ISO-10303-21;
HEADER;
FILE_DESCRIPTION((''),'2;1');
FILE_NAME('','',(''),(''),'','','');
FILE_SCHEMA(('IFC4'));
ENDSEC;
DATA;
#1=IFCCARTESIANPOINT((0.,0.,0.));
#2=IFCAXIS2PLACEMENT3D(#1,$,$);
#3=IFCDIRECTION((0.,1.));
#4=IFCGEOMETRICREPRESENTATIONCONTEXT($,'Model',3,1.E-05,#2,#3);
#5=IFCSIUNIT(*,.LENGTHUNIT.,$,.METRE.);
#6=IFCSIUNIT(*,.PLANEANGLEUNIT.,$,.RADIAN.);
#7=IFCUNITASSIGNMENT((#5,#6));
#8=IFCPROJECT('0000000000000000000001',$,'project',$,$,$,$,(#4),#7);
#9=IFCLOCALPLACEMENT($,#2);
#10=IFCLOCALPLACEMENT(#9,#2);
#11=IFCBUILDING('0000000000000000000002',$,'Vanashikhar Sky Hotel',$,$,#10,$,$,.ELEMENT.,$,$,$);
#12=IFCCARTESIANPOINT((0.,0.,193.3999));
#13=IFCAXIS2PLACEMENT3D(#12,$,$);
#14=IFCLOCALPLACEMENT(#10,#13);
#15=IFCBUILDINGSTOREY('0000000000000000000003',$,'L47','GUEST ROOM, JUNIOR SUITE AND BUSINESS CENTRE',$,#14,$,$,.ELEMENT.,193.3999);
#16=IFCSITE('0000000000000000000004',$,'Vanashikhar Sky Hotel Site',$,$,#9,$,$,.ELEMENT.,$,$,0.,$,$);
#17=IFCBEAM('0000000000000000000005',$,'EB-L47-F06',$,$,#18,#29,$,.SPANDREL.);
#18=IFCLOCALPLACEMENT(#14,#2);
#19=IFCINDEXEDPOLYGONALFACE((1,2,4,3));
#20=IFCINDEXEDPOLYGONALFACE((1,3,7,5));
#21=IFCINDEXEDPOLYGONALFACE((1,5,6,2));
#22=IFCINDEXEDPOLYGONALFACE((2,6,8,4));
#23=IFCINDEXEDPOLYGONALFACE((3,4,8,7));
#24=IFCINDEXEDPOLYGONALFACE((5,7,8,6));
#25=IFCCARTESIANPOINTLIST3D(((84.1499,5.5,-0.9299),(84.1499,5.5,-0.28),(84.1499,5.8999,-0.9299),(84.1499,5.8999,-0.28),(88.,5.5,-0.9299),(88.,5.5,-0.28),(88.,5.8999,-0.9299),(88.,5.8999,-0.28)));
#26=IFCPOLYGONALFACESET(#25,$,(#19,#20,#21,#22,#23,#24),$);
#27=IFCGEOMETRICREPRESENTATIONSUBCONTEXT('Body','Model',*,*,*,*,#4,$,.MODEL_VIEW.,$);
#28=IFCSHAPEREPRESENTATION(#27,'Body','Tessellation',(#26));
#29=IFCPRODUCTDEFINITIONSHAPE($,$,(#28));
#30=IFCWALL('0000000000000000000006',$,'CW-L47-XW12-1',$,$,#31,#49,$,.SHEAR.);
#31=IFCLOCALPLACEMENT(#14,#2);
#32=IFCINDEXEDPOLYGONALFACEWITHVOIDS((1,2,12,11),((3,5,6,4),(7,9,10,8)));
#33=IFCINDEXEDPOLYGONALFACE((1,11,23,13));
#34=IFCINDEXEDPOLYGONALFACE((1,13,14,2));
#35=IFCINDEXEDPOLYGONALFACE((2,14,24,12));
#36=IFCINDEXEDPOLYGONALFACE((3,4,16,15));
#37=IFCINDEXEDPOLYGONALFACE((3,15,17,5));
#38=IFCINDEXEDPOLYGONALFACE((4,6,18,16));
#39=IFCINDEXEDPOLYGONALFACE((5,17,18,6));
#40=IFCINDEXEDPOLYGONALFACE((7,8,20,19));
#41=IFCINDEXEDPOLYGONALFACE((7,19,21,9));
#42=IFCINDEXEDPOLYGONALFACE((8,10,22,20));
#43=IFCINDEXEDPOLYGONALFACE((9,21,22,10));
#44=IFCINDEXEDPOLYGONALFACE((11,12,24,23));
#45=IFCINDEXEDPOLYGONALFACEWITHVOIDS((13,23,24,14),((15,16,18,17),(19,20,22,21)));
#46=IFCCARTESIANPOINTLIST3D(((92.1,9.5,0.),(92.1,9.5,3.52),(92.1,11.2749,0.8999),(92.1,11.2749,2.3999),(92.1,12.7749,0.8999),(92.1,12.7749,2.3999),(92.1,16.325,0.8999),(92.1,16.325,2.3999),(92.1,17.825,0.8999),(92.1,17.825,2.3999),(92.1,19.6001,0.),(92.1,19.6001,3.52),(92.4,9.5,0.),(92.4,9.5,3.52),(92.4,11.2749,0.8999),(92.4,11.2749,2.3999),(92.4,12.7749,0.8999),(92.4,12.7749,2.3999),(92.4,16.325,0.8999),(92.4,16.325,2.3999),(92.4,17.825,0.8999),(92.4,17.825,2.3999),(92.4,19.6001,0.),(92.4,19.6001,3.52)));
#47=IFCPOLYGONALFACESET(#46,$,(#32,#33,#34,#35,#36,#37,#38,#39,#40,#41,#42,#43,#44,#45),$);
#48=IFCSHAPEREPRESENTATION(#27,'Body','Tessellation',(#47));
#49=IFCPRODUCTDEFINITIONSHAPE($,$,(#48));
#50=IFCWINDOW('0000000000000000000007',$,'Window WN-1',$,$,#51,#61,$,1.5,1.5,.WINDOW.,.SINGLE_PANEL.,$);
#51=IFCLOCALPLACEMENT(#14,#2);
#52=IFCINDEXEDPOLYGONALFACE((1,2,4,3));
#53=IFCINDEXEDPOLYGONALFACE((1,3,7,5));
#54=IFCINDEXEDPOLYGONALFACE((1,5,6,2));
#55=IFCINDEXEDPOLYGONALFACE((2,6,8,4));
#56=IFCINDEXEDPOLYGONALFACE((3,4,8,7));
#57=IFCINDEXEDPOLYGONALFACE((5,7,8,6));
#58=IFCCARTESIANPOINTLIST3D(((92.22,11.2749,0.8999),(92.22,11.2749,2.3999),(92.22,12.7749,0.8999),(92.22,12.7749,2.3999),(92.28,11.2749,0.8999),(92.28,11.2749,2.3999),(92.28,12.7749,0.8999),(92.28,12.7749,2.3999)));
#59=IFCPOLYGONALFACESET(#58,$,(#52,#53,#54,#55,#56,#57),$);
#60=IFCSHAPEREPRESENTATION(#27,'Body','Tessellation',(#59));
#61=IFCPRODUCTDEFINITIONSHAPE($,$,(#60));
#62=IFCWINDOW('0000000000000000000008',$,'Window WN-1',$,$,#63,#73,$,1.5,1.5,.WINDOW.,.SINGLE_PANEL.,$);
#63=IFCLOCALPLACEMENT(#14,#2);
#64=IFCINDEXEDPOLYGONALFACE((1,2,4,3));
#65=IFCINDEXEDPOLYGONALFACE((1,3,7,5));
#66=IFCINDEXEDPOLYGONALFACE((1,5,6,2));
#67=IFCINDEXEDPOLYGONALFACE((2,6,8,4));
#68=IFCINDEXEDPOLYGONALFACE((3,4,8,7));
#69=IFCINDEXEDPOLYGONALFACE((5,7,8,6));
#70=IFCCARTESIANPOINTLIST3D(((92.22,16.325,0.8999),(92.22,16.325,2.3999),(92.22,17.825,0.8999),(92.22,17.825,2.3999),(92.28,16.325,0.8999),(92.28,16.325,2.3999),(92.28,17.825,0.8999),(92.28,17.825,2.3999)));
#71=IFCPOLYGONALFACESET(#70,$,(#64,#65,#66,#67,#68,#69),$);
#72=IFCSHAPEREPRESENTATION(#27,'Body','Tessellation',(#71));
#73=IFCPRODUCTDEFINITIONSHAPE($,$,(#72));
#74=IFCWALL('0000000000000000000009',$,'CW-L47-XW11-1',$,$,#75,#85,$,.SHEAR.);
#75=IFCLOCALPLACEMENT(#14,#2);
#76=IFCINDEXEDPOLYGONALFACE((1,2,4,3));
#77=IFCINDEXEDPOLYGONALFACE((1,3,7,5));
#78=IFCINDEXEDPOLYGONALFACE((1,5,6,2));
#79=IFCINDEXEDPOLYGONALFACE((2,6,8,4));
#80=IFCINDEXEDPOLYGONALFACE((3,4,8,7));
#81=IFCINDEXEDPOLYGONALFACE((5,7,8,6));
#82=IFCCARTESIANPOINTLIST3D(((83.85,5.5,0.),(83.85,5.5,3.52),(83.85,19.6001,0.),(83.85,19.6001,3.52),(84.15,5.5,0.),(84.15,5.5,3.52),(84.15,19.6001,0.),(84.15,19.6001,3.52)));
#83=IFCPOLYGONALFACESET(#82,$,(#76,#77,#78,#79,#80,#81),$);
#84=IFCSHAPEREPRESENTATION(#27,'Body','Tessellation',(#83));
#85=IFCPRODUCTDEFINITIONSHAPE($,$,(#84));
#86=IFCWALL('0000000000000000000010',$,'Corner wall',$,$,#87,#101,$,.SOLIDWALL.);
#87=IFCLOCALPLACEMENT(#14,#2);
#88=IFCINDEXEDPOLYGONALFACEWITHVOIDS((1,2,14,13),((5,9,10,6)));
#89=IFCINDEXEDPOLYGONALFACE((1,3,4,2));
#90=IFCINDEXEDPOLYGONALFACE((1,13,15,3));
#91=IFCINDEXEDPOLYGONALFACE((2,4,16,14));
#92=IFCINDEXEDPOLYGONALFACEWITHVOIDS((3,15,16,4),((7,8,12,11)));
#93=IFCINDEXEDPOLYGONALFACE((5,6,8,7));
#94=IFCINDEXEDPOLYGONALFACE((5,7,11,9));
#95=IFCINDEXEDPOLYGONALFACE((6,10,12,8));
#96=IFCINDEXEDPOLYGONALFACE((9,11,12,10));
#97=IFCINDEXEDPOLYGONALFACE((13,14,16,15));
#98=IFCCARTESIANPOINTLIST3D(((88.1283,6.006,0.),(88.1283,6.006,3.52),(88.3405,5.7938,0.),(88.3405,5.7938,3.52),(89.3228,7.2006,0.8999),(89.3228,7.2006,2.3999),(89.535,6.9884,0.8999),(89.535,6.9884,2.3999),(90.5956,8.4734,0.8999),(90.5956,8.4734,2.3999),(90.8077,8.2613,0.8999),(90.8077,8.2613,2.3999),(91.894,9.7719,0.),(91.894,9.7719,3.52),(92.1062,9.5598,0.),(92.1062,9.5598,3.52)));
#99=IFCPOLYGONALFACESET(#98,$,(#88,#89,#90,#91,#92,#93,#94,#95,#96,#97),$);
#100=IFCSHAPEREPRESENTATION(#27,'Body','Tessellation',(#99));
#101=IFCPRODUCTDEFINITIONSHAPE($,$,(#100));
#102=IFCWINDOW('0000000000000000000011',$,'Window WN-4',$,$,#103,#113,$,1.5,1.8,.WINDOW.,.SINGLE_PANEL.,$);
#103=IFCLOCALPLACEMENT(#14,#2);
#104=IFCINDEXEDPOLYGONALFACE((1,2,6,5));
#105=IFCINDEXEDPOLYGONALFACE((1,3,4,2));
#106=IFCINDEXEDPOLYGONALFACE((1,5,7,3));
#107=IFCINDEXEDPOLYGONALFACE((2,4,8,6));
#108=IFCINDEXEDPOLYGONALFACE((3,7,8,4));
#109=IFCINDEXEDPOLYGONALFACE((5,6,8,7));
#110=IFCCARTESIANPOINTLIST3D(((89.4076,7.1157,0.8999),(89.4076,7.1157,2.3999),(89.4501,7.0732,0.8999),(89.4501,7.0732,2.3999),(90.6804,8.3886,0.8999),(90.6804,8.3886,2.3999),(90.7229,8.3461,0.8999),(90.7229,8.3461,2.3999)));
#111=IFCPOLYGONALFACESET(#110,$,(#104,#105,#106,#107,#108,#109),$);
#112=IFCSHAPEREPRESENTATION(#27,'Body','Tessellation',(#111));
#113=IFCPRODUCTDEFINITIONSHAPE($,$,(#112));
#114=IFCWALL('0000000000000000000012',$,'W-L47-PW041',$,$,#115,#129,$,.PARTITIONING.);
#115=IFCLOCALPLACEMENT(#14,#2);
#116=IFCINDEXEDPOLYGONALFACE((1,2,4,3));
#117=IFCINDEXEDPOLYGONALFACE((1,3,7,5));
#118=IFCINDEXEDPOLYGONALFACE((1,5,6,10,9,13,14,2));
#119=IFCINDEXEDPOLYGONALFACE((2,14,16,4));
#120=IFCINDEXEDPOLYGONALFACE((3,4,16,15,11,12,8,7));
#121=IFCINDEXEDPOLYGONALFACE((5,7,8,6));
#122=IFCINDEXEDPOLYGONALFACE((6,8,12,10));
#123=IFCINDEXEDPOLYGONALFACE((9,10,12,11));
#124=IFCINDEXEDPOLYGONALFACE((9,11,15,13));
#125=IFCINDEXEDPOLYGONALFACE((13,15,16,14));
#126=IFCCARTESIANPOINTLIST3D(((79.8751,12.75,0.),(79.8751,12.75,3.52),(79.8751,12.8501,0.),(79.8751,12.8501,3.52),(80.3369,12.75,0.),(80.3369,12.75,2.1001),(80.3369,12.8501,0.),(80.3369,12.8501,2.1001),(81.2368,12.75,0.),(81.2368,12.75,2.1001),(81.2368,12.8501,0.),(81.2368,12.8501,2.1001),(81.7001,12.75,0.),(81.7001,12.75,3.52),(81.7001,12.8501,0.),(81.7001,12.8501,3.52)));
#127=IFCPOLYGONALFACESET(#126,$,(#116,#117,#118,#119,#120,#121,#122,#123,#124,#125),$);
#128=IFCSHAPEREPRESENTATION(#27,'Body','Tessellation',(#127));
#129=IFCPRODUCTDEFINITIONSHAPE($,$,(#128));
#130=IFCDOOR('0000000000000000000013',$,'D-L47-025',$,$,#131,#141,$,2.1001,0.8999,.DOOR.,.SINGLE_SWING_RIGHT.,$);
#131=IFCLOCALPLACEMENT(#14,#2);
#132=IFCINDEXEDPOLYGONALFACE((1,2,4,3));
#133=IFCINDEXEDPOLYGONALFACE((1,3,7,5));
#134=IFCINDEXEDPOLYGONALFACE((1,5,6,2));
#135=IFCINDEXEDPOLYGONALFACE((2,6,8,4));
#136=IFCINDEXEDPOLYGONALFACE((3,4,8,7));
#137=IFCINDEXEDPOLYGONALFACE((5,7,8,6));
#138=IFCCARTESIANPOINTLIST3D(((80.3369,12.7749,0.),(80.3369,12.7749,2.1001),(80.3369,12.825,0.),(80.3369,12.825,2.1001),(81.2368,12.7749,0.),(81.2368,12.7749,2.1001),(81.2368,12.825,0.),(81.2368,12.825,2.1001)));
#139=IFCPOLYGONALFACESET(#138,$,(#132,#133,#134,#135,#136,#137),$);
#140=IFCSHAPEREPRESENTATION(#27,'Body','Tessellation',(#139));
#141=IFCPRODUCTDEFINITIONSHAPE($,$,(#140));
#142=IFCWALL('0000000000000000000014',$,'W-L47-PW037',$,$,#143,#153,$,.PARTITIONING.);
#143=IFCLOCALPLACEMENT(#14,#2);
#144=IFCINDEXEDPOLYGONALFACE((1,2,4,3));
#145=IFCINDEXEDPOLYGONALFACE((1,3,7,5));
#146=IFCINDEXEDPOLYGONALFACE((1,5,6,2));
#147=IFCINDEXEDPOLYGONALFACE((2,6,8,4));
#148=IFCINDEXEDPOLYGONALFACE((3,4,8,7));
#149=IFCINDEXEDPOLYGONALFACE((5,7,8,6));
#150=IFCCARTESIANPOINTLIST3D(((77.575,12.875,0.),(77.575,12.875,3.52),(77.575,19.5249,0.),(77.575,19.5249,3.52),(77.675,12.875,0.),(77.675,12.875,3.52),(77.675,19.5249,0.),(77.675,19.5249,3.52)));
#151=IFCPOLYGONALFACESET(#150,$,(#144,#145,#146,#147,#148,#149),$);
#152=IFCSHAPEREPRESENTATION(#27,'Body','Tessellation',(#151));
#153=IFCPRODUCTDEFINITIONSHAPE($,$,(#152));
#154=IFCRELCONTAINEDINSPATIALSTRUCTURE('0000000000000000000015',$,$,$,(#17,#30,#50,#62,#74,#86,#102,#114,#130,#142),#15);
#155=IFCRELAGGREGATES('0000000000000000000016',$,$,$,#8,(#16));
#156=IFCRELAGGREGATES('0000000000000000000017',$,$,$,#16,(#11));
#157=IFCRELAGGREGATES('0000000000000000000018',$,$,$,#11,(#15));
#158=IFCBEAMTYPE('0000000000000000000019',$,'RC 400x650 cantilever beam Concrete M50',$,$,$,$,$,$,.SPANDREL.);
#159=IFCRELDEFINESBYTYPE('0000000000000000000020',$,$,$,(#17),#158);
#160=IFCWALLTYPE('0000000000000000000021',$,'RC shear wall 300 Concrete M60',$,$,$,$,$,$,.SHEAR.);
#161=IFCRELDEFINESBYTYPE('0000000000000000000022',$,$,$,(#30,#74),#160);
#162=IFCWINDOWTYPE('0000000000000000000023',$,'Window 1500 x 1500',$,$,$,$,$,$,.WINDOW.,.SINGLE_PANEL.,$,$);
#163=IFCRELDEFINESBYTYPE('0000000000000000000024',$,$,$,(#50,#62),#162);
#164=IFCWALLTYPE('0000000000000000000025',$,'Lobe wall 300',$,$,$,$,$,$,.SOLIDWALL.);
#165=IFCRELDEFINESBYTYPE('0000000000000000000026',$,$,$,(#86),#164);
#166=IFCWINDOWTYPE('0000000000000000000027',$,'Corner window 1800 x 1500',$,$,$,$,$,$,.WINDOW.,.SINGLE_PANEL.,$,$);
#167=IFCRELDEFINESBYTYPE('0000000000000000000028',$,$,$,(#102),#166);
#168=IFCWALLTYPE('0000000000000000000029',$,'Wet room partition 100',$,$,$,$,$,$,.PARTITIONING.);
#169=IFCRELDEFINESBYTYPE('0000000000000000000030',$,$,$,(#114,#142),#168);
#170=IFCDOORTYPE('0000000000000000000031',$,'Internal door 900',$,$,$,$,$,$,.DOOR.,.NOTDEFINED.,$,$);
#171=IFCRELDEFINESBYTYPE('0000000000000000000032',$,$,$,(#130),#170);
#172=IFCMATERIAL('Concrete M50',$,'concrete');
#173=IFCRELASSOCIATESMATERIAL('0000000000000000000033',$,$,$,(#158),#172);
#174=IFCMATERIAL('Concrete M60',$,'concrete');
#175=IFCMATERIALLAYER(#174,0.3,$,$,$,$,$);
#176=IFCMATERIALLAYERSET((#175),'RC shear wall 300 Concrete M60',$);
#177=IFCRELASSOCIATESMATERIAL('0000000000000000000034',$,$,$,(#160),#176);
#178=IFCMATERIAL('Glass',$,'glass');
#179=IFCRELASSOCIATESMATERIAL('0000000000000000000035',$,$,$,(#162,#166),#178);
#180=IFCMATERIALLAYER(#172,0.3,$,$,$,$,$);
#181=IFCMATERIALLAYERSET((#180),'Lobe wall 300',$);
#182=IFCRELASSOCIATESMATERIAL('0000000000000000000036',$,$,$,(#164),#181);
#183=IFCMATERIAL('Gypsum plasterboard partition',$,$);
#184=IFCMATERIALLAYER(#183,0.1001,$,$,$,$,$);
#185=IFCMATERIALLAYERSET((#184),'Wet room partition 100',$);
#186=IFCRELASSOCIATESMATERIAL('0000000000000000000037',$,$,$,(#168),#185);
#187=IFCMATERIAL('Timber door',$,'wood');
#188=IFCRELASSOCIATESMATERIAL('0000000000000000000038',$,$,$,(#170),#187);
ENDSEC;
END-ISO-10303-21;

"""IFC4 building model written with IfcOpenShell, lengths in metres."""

from ifc_helpers import new_model, si_unit, direction, frame, frame_2d, origin, origin_2d, place, context, subcontext, project, spatial, rectangle, extrude, source, transform, mapped, material, layer, layer_set, material_profile, profile_set, type_object, element, fill, save


model = new_model("IFC4")

# Units and contexts
model_context = context("Model", 3, precision=1e-05, world=origin(), true_north=direction((0.0, 1.0)))
body_context = subcontext(model_context, "Body", "Model", "MODEL_VIEW")
ifc_project = project(units=[si_unit("LENGTHUNIT", "METRE"), si_unit("PLANEANGLEUNIT", "RADIAN")], contexts=[model_context])

# Site, building, storey
site_placement = place(None, origin())
site = spatial("IfcSite", under=ifc_project, at=site_placement, Name="Vanashikhar Sky Hotel Site", CompositionType="ELEMENT", RefElevation=0.0)
building_placement = place(site_placement, origin())
building = spatial("IfcBuilding", under=site, at=building_placement, Name="Vanashikhar Sky Hotel", CompositionType="ELEMENT")
storey_placement = place(building_placement, frame((0.0, 0.0, 193.3999)))
storey = spatial("IfcBuildingStorey", under=building, at=storey_placement, Name="L47", Description="GUEST ROOM, JUNIOR SUITE AND BUSINESS CENTRE", CompositionType="ELEMENT", Elevation=193.3999)

# Beam
ifc_material_1 = material(Name="Concrete M50", Category="concrete")
ifc_material_profile = material_profile(ifc_material_1, rectangle(XDim=0.3999, YDim=0.6499, at=origin_2d()))
ifc_profile_set = profile_set([ifc_material_profile], Name="RC 400x650 cantilever beam Concrete M50")
beam_type = type_object("IfcBeamType", Name="RC 400x650 cantilever beam Concrete M50", PredefinedType="SPANDREL", material=ifc_profile_set)
shared_shape_1 = source(origin(), body_context, "Body", "SweptSolid", [
    extrude(rectangle(XDim=0.3999, YDim=0.6499, at=origin_2d()), origin(), (0.0, 0.0, 1.0), 3.8501),
])
beam_placement = place(storey_placement, frame((84.1499, 5.7, -0.605), z_axis=(1.0, 0.0, 0.0), x_axis=(0.0, 1.0, 0.0)))
element("IfcBeam", 1, at=beam_placement, inside=storey, type_object=beam_type, Name="EB-L47-F06", PredefinedType="SPANDREL", context=body_context, shape_type="MappedRepresentation", body=[
    mapped(shared_shape_1, transform((0.0, 0.0, 0.0), scale=1.0)),
])

# Wall, openings, windows
ifc_material_2 = material(Name="Concrete M60", Category="concrete")
ifc_layer_1 = layer(ifc_material_2, 0.3)
ifc_layer_set_1 = layer_set([ifc_layer_1], Name="RC shear wall 300 Concrete M60")
wall_type_1 = type_object("IfcWallType", Name="RC shear wall 300 Concrete M60", PredefinedType="SHEAR", material=ifc_layer_set_1)
shared_shape_2 = source(origin(), body_context, "Body", "SweptSolid", [
    extrude(rectangle(XDim=10.1001, YDim=0.3, at=frame_2d((5.05, 0.0))), origin(), (0.0, 0.0, 1.0), 3.52),
])
wall_1_placement = place(storey_placement, frame((92.25, 9.5, 0.0), z_axis=(0.0, 0.0, 1.0), x_axis=(0.0, 1.0, 0.0)))
wall_1 = element("IfcWall", 2, at=wall_1_placement, inside=storey, type_object=wall_type_1, Name="CW-L47-XW12-1", PredefinedType="SHEAR", context=body_context, shape_type="MappedRepresentation", body=[
    mapped(shared_shape_2, transform((0.0, 0.0, 0.0), scale=1.0)),
])
shared_shape_3 = source(origin(), body_context, "Body", "SweptSolid", [
    extrude(rectangle(XDim=1.5, YDim=1.5, at=frame_2d((0.75, 0.75))), frame((0.0, 0.1602, 0.0), z_axis=(0.0, -1.0, 0.0), x_axis=(1.0, 0.0, 0.0)), (0.0, 0.0, 1.0), 0.3201),
])
opening_1_placement = place(wall_1_placement, frame((1.7749, 0.0, 0.8999)))
opening_1 = element("IfcOpeningElement", 3, at=opening_1_placement, cuts=wall_1, PredefinedType="OPENING", context=body_context, shape_type="MappedRepresentation", body=[
    mapped(shared_shape_3, transform((0.0, 0.0, 0.0), scale=1.0)),
])
opening_2_placement = place(wall_1_placement, frame((6.825, 0.0, 0.8999)))
opening_2 = element("IfcOpeningElement", 4, at=opening_2_placement, cuts=wall_1, PredefinedType="OPENING", context=body_context, shape_type="MappedRepresentation", body=[
    mapped(shared_shape_3, transform((0.0, 0.0, 0.0), scale=1.0)),
])
ifc_material_3 = material(Name="Glass", Category="glass")
window_type_1 = type_object("IfcWindowType", Name="Window 1500 x 1500", PartitioningType="SINGLE_PANEL", PredefinedType="WINDOW", material=ifc_material_3)
shared_shape_4 = source(origin(), body_context, "Body", "SweptSolid", [
    extrude(rectangle(XDim=1.5, YDim=1.5, at=frame_2d((0.75, 0.75))), frame((0.0, 0.03, 0.0), z_axis=(0.0, -1.0, 0.0), x_axis=(1.0, 0.0, 0.0)), (0.0, 0.0, 1.0), 0.0601),
])
window_1_placement = place(opening_1_placement, origin())
window_1 = element("IfcWindow", 5, at=window_1_placement, inside=storey, type_object=window_type_1, Name="Window WN-1", OverallHeight=1.5, OverallWidth=1.5, PartitioningType="SINGLE_PANEL", PredefinedType="WINDOW", context=body_context, shape_type="MappedRepresentation", body=[
    mapped(shared_shape_4, transform((0.0, 0.0, 0.0), scale=1.0)),
])
fill(opening_1, window_1)
window_2_placement = place(opening_2_placement, origin())
window_2 = element("IfcWindow", 6, at=window_2_placement, inside=storey, type_object=window_type_1, Name="Window WN-1", OverallHeight=1.5, OverallWidth=1.5, PartitioningType="SINGLE_PANEL", PredefinedType="WINDOW", context=body_context, shape_type="MappedRepresentation", body=[
    mapped(shared_shape_4, transform((0.0, 0.0, 0.0), scale=1.0)),
])
fill(opening_2, window_2)

# Wall
shared_shape_5 = source(origin(), body_context, "Body", "SweptSolid", [
    extrude(rectangle(XDim=14.1001, YDim=0.3, at=frame_2d((7.05, 0.0))), origin(), (0.0, 0.0, 1.0), 3.52),
])
wall_2_placement = place(storey_placement, frame((84.0, 5.5, 0.0), z_axis=(0.0, 0.0, 1.0), x_axis=(0.0, 1.0, 0.0)))
element("IfcWall", 7, at=wall_2_placement, inside=storey, type_object=wall_type_1, Name="CW-L47-XW11-1", PredefinedType="SHEAR", context=body_context, shape_type="MappedRepresentation", body=[
    mapped(shared_shape_5, transform((0.0, 0.0, 0.0), scale=1.0)),
])

# Wall, opening, window
ifc_layer_2 = layer(ifc_material_1, 0.3)
ifc_layer_set_2 = layer_set([ifc_layer_2], Name="Lobe wall 300")
wall_type_2 = type_object("IfcWallType", Name="Lobe wall 300", PredefinedType="SOLIDWALL", material=ifc_layer_set_2)
shared_shape_6 = source(origin(), body_context, "Body", "SweptSolid", [
    extrude(rectangle(XDim=5.3257, YDim=0.3, at=frame_2d((2.6628, 0.0))), origin(), (0.0, 0.0, 1.0), 3.52),
])
wall_3_placement = place(storey_placement, frame((88.2344, 5.8999, 0.0), z_axis=(0.0, 0.0, 1.0), x_axis=(0.707084, 0.70713, 0.0)))
wall_3 = element("IfcWall", 8, at=wall_3_placement, inside=storey, type_object=wall_type_2, Name="Corner wall", PredefinedType="SOLIDWALL", context=body_context, shape_type="MappedRepresentation", body=[
    mapped(shared_shape_6, transform((0.0, 0.0, 0.0), scale=1.0)),
])
shared_shape_7 = source(origin(), body_context, "Body", "SweptSolid", [
    extrude(rectangle(XDim=1.8, YDim=1.5, at=frame_2d((0.8999, 0.75))), frame((0.0, 0.1602, 0.0), z_axis=(0.0, -1.0, 0.0), x_axis=(1.0, 0.0, 0.0)), (0.0, 0.0, 1.0), 0.3201),
])
opening_3_placement = place(wall_3_placement, frame((1.6895, 0.0, 0.8999)))
opening_3 = element("IfcOpeningElement", 9, at=opening_3_placement, cuts=wall_3, PredefinedType="OPENING", context=body_context, shape_type="MappedRepresentation", body=[
    mapped(shared_shape_7, transform((0.0, 0.0, 0.0), scale=1.0)),
])
window_type_2 = type_object("IfcWindowType", Name="Corner window 1800 x 1500", PartitioningType="SINGLE_PANEL", PredefinedType="WINDOW", material=ifc_material_3)
shared_shape_8 = source(origin(), body_context, "Body", "SweptSolid", [
    extrude(rectangle(XDim=1.8, YDim=1.5, at=frame_2d((0.8999, 0.75))), frame((0.0, 0.03, 0.0), z_axis=(0.0, -1.0, 0.0), x_axis=(1.0, 0.0, 0.0)), (0.0, 0.0, 1.0), 0.0601),
])
window_3_placement = place(opening_3_placement, origin())
window_3 = element("IfcWindow", 10, at=window_3_placement, inside=storey, type_object=window_type_2, Name="Window WN-4", OverallHeight=1.5, OverallWidth=1.8, PartitioningType="SINGLE_PANEL", PredefinedType="WINDOW", context=body_context, shape_type="MappedRepresentation", body=[
    mapped(shared_shape_8, transform((0.0, 0.0, 0.0), scale=1.0)),
])
fill(opening_3, window_3)

# Wall, opening, door
ifc_material_4 = material(Name="Gypsum plasterboard partition")
ifc_layer_3 = layer(ifc_material_4, 0.1001)
ifc_layer_set_3 = layer_set([ifc_layer_3], Name="Wet room partition 100")
wall_type_3 = type_object("IfcWallType", Name="Wet room partition 100", PredefinedType="PARTITIONING", material=ifc_layer_set_3)
shared_shape_9 = source(origin(), body_context, "Body", "SweptSolid", [
    extrude(rectangle(XDim=1.825, YDim=0.1001, at=frame_2d((0.9126, 0.0))), origin(), (0.0, 0.0, 1.0), 3.52),
])
wall_4_placement = place(storey_placement, frame((79.875, 12.8, 0.0), z_axis=(0.0, 0.0, 1.0), x_axis=(1.0, 0.0, 0.0)))
wall_4 = element("IfcWall", 11, at=wall_4_placement, inside=storey, type_object=wall_type_3, Name="W-L47-PW041", PredefinedType="PARTITIONING", context=body_context, shape_type="MappedRepresentation", body=[
    mapped(shared_shape_9, transform((0.0, 0.0, 0.0), scale=1.0)),
])
shared_shape_10 = source(origin(), body_context, "Body", "SweptSolid", [
    extrude(rectangle(XDim=0.8999, YDim=2.1001, at=frame_2d((0.45, 1.05))), frame((0.0, 0.0601, 0.0), z_axis=(0.0, -1.0, 0.0), x_axis=(1.0, 0.0, 0.0)), (0.0, 0.0, 1.0), 0.1201),
])
opening_4_placement = place(wall_4_placement, frame((0.4619, 0.0, 0.0)))
opening_4 = element("IfcOpeningElement", 12, at=opening_4_placement, cuts=wall_4, PredefinedType="OPENING", context=body_context, shape_type="MappedRepresentation", body=[
    mapped(shared_shape_10, transform((0.0, 0.0, 0.0), scale=1.0)),
])
ifc_material_5 = material(Name="Timber door", Category="wood")
door_type_1 = type_object("IfcDoorType", Name="Internal door 900", OperationType="NOTDEFINED", PredefinedType="DOOR", material=ifc_material_5)
shared_shape_11 = source(origin(), body_context, "Body", "SweptSolid", [
    extrude(rectangle(XDim=0.8999, YDim=2.1001, at=frame_2d((0.45, 1.05))), frame((0.0, 0.0249, 0.0), z_axis=(0.0, -1.0, 0.0), x_axis=(1.0, 0.0, 0.0)), (0.0, 0.0, 1.0), 0.05),
])
door_1_placement = place(opening_4_placement, origin())
door_1 = element("IfcDoor", 13, at=door_1_placement, inside=storey, type_object=door_type_1, Name="D-L47-025", OperationType="SINGLE_SWING_RIGHT", OverallHeight=2.1001, OverallWidth=0.8999, PredefinedType="DOOR", context=body_context, shape_type="MappedRepresentation", body=[
    mapped(shared_shape_11, transform((0.0, 0.0, 0.0), scale=1.0)),
])
fill(opening_4, door_1)

# Wall
shared_shape_12 = source(origin(), body_context, "Body", "SweptSolid", [
    extrude(rectangle(XDim=6.6499, YDim=0.1001, at=frame_2d((3.325, 0.0))), origin(), (0.0, 0.0, 1.0), 3.52),
])
for number, where, z_axis, x_axis, name in (
    (14, (77.625, 12.875, 0.0), (0.0, 0.0, 1.0), (0.0, 1.0, 0.0), "W-L47-PW037"),
):
    element("IfcWall", number, at=place(storey_placement, frame(where, z_axis=z_axis, x_axis=x_axis)), inside=storey, type_object=wall_type_3, Name=name, PredefinedType="PARTITIONING", context=body_context, shape_type="MappedRepresentation", body=[
        mapped(shared_shape_12, transform((0.0, 0.0, 0.0), scale=1.0)),
    ])

save(model, "model.ifc")
